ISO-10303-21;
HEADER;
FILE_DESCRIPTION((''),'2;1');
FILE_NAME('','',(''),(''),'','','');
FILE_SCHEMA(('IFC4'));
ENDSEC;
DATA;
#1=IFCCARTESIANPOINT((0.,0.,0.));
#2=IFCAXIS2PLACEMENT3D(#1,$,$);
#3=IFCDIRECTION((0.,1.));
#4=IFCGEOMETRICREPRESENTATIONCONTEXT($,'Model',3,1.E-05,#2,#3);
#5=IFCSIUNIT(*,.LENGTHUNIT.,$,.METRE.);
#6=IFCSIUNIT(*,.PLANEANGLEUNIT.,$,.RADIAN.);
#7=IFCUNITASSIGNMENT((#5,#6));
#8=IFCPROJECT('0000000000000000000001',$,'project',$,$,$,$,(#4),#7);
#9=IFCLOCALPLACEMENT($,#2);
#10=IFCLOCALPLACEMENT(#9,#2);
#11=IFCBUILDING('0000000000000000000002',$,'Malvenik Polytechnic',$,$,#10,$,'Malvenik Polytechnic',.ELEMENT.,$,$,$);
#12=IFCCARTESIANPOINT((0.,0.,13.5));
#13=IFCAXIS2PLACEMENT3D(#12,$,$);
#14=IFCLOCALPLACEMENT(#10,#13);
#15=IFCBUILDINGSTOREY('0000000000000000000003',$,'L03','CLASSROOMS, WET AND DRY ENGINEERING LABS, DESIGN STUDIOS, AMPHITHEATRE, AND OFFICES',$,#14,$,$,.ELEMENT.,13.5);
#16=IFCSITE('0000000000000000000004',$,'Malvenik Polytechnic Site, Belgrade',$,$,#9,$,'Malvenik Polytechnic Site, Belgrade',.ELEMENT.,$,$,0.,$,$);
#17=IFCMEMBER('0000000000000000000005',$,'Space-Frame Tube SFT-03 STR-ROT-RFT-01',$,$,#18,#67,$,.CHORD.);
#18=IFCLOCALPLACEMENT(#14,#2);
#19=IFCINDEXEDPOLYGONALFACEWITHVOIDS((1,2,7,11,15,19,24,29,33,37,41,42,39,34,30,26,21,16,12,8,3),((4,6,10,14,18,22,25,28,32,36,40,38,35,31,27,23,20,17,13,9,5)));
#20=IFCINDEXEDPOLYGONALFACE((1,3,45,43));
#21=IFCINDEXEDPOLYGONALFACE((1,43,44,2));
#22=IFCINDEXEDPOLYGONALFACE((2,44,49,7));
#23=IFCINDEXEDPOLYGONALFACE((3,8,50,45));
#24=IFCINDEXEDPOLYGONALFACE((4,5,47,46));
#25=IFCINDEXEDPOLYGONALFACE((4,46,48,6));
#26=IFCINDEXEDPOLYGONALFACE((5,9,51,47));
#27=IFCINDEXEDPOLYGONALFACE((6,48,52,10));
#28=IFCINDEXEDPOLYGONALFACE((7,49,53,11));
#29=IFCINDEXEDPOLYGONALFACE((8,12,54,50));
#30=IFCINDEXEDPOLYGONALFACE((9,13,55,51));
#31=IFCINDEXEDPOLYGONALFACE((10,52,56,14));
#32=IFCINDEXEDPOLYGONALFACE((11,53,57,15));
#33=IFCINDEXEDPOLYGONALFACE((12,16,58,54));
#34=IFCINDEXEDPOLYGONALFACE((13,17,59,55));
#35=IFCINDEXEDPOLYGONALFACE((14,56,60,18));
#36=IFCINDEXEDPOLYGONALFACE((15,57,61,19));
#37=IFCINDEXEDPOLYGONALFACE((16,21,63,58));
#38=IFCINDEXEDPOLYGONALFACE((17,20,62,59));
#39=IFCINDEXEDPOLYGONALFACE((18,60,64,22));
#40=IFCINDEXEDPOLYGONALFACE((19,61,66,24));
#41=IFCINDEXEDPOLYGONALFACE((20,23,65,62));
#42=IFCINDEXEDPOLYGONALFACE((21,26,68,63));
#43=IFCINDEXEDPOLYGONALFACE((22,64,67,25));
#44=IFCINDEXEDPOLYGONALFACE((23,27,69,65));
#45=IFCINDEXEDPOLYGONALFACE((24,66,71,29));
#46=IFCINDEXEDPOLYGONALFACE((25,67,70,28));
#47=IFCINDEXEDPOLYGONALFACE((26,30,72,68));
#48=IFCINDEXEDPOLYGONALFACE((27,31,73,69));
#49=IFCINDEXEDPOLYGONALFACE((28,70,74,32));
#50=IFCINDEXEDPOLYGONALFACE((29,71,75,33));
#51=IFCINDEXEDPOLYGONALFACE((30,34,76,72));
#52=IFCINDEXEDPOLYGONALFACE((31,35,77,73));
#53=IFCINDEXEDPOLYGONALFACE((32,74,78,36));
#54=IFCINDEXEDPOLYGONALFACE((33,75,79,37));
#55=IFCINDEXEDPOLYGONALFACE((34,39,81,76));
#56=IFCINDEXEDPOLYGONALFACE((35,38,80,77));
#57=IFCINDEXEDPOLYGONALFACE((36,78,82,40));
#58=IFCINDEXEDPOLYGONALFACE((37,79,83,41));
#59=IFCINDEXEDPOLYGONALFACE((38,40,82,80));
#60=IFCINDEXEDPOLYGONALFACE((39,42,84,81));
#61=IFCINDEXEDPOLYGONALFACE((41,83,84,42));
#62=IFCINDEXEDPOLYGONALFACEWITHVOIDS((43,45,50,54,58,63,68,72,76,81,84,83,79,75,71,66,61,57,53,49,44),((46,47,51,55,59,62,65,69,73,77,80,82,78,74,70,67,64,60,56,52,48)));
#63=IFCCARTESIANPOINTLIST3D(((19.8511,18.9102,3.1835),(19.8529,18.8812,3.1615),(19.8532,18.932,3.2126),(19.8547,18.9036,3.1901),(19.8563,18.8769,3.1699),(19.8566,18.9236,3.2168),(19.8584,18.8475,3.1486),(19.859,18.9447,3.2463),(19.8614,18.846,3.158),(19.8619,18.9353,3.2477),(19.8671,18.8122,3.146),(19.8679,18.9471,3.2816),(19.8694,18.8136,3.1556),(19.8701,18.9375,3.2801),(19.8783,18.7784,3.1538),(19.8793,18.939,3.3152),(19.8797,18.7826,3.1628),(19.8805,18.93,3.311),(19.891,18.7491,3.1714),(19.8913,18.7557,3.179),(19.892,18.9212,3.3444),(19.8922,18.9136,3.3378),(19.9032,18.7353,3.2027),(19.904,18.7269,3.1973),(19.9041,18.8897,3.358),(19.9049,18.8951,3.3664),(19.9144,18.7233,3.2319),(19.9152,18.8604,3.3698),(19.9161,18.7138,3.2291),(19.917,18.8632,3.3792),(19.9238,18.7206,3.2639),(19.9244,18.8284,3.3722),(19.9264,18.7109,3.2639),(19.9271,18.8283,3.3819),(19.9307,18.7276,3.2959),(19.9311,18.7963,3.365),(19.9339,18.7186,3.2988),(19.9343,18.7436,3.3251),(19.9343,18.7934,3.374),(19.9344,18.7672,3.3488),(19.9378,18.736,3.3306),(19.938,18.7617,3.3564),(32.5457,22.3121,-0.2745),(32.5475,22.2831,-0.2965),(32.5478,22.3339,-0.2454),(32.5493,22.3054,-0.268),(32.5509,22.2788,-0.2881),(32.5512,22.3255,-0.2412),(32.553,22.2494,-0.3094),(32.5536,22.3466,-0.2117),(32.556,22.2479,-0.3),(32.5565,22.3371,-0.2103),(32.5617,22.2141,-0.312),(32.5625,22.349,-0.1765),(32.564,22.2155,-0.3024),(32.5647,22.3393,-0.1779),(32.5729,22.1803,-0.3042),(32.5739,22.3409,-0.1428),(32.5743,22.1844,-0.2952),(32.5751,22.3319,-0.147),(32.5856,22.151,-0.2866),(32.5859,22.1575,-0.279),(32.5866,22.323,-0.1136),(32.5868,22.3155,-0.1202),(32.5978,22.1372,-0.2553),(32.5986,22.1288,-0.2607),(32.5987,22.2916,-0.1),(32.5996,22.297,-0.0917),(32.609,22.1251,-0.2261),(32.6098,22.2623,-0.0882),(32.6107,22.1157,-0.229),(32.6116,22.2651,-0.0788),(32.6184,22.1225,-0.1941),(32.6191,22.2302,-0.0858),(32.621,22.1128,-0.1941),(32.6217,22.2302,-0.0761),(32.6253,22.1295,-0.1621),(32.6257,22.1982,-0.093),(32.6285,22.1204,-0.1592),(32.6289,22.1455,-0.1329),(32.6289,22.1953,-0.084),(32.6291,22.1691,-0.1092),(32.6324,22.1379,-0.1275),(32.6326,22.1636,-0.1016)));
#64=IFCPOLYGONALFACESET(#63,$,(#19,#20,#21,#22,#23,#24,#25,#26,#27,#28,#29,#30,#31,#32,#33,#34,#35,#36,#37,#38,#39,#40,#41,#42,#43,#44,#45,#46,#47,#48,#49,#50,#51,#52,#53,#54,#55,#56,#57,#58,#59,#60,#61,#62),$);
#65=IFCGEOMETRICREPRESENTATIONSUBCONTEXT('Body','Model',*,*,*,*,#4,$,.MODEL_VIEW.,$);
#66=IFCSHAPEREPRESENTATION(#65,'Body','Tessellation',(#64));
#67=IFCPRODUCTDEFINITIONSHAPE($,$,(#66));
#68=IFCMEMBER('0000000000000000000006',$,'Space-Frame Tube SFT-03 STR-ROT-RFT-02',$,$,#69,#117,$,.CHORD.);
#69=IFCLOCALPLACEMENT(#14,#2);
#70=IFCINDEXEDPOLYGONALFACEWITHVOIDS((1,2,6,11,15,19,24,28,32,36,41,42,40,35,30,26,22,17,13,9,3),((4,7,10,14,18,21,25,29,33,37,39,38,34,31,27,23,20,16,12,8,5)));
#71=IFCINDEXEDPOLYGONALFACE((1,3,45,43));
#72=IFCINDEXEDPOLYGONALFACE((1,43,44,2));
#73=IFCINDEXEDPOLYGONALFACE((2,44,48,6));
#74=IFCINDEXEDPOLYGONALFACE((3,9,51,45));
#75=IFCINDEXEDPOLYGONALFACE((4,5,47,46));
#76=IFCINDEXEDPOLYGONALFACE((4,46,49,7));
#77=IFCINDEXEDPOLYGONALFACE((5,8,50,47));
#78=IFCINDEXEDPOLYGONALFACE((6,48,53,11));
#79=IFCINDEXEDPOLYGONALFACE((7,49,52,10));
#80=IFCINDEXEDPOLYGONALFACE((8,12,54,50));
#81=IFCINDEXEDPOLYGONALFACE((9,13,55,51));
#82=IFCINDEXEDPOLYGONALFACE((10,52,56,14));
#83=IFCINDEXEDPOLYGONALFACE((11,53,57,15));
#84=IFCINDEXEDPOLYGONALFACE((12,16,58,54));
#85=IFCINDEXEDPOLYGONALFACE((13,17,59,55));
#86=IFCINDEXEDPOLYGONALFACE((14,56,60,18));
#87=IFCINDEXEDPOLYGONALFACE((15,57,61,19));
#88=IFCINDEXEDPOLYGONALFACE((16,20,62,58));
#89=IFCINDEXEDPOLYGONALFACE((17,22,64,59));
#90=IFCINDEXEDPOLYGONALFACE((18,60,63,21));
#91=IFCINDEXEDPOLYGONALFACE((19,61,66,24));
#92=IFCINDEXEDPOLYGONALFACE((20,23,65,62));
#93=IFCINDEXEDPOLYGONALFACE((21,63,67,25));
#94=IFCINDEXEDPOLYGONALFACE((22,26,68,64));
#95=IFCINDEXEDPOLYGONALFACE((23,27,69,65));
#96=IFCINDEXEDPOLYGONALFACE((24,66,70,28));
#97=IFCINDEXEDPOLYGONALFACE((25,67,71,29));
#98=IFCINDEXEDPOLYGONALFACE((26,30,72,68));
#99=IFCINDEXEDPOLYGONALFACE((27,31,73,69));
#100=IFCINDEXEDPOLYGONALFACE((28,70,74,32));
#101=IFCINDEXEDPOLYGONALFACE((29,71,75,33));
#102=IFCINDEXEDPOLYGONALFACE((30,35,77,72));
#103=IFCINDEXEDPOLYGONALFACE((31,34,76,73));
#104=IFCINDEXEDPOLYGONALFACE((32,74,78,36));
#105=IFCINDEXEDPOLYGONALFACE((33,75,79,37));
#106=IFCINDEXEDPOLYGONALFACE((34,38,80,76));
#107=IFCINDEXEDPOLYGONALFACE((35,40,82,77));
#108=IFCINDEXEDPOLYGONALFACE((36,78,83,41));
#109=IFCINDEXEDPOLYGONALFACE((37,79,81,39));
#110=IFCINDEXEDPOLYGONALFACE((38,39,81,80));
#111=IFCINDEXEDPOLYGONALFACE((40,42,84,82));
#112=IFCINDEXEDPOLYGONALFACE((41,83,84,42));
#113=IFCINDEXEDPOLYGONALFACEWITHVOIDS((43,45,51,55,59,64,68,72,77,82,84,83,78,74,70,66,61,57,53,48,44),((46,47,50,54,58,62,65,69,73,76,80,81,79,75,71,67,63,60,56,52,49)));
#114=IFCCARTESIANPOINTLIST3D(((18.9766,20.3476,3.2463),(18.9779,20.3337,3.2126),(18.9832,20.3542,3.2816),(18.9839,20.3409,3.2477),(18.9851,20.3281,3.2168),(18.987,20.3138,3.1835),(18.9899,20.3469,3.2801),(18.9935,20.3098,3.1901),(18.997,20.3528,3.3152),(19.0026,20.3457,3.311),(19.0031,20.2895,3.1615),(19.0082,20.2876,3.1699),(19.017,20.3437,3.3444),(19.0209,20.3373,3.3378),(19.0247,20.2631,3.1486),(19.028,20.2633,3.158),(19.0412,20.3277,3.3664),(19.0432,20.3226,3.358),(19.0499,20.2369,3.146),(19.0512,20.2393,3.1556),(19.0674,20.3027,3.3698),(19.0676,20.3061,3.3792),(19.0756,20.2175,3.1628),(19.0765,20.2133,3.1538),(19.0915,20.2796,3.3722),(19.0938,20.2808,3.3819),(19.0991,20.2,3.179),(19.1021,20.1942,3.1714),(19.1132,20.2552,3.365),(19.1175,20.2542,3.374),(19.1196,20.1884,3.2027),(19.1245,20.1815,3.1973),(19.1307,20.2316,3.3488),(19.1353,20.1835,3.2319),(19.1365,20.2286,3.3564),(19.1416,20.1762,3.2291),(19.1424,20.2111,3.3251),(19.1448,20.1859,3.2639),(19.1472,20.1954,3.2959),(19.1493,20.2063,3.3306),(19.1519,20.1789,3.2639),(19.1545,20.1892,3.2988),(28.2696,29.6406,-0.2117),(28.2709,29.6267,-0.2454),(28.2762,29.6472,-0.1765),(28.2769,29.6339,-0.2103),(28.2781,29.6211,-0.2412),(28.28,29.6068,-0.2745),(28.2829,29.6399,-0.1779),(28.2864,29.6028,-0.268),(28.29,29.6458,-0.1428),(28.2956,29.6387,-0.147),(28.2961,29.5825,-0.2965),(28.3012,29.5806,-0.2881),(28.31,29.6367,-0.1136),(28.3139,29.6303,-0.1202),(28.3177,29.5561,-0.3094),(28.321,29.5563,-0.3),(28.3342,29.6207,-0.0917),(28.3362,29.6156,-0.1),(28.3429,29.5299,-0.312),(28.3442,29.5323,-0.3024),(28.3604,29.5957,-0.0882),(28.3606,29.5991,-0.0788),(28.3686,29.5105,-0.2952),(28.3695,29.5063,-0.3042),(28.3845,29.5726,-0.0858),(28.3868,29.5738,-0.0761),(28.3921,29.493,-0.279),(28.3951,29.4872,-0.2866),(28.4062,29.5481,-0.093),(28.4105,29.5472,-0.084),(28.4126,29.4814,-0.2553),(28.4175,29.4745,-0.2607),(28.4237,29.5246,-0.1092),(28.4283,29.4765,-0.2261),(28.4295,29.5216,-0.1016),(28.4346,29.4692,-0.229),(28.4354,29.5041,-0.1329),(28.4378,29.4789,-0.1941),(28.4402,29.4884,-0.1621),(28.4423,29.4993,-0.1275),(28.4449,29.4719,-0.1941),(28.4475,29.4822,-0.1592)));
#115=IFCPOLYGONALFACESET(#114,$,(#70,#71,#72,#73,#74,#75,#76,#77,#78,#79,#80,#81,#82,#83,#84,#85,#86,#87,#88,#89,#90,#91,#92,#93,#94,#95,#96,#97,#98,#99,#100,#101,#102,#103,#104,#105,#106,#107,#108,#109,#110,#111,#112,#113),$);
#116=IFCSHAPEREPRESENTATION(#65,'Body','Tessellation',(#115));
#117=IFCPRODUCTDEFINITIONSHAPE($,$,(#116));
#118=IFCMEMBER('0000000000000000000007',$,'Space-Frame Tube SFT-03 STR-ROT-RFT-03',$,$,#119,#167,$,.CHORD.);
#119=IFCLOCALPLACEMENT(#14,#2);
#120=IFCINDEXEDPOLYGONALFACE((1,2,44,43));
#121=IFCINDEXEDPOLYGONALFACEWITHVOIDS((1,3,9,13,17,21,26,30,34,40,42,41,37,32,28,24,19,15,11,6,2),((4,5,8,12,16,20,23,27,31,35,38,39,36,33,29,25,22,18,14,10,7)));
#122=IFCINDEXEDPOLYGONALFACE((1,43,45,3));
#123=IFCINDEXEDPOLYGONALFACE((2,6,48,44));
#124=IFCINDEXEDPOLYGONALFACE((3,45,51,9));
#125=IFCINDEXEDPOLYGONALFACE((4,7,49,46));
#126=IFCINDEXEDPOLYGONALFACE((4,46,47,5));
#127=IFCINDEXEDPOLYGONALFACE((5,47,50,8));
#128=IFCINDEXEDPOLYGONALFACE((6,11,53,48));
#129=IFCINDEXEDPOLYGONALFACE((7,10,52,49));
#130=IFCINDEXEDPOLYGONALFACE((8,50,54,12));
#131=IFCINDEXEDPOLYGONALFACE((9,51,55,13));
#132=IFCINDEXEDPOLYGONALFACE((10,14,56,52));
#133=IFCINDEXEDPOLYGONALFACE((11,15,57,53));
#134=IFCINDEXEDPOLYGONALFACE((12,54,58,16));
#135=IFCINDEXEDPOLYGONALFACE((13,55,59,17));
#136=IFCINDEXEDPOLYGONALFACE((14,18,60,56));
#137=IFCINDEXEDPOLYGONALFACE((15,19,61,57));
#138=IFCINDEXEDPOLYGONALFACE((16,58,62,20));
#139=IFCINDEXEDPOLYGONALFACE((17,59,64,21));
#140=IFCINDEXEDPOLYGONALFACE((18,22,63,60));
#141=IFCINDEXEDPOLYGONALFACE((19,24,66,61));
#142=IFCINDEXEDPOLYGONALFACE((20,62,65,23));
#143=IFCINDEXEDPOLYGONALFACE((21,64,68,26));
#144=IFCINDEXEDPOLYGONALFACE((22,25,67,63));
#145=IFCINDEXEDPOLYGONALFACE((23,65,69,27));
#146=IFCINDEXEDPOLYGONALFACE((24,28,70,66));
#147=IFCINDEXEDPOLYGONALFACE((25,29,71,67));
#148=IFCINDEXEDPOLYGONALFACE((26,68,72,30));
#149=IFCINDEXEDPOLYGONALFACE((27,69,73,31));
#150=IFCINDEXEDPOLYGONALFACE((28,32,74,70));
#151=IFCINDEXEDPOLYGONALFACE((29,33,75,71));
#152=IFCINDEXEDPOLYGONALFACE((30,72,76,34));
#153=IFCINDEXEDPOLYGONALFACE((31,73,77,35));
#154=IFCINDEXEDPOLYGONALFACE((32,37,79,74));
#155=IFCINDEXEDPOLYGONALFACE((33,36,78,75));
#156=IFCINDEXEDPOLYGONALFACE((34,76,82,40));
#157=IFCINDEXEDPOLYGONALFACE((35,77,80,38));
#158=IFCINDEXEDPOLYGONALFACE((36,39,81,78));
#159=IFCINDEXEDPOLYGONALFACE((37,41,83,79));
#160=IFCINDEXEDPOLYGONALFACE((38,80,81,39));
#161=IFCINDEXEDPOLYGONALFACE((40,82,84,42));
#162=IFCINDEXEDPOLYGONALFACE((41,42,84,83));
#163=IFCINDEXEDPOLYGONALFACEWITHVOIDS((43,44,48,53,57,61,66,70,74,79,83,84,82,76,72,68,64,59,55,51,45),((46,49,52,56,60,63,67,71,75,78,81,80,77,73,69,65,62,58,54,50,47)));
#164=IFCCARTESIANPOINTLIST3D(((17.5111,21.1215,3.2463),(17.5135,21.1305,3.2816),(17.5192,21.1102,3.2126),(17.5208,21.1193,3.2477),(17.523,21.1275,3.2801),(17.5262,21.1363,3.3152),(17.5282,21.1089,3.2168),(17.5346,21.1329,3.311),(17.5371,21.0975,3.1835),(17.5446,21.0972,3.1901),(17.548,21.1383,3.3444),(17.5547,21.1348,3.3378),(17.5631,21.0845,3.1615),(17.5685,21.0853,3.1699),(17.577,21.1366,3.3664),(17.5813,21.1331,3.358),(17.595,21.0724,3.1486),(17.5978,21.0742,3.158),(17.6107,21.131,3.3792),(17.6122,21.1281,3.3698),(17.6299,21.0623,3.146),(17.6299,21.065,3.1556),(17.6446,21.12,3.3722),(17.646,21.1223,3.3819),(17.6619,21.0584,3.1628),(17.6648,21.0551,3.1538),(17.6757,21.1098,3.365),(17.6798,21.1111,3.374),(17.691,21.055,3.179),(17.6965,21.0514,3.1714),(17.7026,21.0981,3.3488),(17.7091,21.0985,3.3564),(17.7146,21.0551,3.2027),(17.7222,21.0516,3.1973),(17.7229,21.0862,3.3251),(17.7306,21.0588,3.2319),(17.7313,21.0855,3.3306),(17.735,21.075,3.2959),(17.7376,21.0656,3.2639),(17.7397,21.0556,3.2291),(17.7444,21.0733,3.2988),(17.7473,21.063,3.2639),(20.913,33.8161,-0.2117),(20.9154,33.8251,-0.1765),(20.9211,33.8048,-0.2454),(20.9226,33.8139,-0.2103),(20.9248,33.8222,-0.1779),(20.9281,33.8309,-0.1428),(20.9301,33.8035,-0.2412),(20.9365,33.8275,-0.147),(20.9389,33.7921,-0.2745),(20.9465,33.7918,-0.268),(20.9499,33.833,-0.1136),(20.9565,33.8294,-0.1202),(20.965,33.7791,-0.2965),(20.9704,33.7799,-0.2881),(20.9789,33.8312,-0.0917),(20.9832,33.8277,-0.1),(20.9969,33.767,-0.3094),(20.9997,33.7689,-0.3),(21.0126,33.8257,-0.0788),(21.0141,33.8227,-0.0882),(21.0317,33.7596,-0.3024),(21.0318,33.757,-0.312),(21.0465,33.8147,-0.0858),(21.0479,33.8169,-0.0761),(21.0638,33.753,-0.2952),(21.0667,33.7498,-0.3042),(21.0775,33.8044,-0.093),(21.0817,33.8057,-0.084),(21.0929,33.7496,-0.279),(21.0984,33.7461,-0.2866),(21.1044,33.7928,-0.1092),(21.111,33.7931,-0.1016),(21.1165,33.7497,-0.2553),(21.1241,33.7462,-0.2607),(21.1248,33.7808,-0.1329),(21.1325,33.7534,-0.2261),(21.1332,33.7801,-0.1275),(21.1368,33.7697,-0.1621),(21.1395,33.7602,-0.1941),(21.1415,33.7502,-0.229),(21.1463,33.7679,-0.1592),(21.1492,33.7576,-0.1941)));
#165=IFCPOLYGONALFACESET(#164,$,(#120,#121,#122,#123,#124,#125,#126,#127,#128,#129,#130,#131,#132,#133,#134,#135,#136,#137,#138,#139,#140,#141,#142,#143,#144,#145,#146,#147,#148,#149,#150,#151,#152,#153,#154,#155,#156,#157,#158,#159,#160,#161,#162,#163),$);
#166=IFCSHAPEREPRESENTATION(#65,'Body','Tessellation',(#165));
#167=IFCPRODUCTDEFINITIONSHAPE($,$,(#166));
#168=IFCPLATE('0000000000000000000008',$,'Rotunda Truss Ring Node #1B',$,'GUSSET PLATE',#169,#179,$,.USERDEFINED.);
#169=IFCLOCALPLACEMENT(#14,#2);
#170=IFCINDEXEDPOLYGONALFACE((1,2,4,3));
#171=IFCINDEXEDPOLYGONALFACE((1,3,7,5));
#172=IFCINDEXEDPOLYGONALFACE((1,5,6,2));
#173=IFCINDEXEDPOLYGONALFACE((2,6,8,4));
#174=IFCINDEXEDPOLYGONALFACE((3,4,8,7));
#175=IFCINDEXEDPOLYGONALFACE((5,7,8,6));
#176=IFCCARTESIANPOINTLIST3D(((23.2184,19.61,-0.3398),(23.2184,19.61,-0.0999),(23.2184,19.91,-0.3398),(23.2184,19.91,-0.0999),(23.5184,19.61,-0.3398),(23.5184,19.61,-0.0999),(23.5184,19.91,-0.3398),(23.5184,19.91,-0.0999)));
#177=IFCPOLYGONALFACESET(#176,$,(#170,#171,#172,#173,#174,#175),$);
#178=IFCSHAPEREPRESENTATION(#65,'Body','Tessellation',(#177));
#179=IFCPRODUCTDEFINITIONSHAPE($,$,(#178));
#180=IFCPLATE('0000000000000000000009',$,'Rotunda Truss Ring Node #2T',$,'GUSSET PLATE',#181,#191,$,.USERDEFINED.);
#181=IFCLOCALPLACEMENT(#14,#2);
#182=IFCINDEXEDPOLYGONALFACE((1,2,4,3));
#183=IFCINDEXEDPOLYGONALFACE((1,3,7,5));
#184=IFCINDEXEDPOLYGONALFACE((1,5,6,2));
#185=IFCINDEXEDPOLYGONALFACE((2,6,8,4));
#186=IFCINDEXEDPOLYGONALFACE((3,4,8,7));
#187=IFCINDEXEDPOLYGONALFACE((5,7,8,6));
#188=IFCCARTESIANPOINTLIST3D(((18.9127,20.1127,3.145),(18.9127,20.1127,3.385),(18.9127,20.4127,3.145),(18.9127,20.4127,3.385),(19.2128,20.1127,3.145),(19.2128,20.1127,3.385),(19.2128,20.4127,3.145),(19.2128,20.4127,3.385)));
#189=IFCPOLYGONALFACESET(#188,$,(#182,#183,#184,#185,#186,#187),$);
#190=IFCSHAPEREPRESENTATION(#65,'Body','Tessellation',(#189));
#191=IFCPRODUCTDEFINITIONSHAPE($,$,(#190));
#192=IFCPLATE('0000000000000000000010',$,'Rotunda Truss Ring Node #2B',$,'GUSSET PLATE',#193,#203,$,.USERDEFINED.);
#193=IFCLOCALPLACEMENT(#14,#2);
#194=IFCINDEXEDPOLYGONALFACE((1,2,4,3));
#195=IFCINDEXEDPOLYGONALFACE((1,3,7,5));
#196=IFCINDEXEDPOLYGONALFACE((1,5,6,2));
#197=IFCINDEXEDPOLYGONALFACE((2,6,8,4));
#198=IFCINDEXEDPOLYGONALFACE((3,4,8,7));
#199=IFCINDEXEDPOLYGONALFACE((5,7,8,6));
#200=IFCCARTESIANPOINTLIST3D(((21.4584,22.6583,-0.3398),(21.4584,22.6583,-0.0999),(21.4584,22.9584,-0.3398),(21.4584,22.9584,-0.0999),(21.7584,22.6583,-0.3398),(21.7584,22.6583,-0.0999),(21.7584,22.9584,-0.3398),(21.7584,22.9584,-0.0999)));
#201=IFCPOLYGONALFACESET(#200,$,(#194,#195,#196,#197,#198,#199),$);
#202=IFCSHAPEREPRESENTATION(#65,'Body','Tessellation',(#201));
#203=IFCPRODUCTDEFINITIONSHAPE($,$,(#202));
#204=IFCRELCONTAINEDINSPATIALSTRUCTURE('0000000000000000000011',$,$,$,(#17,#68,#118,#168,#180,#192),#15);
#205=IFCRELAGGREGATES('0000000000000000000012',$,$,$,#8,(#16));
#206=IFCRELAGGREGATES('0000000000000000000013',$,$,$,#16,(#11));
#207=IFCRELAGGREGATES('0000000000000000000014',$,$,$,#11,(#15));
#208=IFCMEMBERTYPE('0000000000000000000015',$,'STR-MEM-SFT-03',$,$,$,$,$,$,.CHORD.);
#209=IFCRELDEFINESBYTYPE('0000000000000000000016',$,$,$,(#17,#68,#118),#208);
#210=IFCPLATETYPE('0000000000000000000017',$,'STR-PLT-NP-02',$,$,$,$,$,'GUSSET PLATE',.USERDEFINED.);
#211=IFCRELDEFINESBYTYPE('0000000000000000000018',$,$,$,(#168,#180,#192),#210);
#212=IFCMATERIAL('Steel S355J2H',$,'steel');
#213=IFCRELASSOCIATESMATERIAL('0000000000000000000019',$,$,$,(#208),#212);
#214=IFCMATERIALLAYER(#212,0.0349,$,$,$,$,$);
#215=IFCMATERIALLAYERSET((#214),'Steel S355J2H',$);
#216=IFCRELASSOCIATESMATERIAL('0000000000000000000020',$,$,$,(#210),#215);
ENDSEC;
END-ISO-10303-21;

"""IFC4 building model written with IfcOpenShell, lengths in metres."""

from ifc_helpers import new_model, si_unit, direction, frame, origin, origin_2d, place, context, subcontext, project, spatial, rectangle, hollow_circle, extrude, material, layer, layer_set, material_profile, profile_set, type_object, element, save


model = new_model("IFC4")

# Units and contexts
model_context = context("Model", 3, precision=1e-05, world=origin(), true_north=direction((0.0, 1.0)))
body_context = subcontext(model_context, "Body", "Model", "MODEL_VIEW")
ifc_project = project(units=[si_unit("LENGTHUNIT", "METRE"), si_unit("PLANEANGLEUNIT", "RADIAN")], contexts=[model_context])

# Site, building, storey
site_placement = place(None, origin())
site = spatial("IfcSite", under=ifc_project, at=site_placement, Name="Malvenik Polytechnic Site, Belgrade", LongName="Malvenik Polytechnic Site, Belgrade", CompositionType="ELEMENT", RefElevation=0.0)
building_placement = place(site_placement, origin())
building = spatial("IfcBuilding", under=site, at=building_placement, Name="Malvenik Polytechnic", LongName="Malvenik Polytechnic", CompositionType="ELEMENT")
storey_placement = place(building_placement, frame((0.0, 0.0, 13.5)))
storey = spatial("IfcBuildingStorey", under=building, at=storey_placement, Name="L03", Description="CLASSROOMS, WET AND DRY ENGINEERING LABS, DESIGN STUDIOS, AMPHITHEATRE, AND OFFICES", CompositionType="ELEMENT", Elevation=13.5)

# Members
ifc_material_1 = material(Name="Steel S355J2H", Category="steel")
ifc_material_profile_1 = material_profile(ifc_material_1, hollow_circle(Radius=0.1223, WallThickness=0.01, at=origin_2d()), Name="CHS 244.5x10.0")
ifc_profile_set_1 = profile_set([ifc_material_profile_1], Name="Steel S355J2H")
member_type_1 = type_object("IfcMemberType", Name="STR-MEM-SFT-03", PredefinedType="CHORD", material=ifc_profile_set_1)
member_1_placement = place(storey_placement, frame((32.5894, 22.231, -0.1941), z_axis=(-0.934125, -0.250324, 0.254456), x_axis=(0.258844, -0.965919, 0.0)))
element("IfcMember", 1, at=member_1_placement, inside=storey, type_object=member_type_1, Name="Space-Frame Tube SFT-03 STR-ROT-RFT-01", PredefinedType="CHORD", context=body_context, shape_type="SweptSolid", body=[
    extrude(hollow_circle(Radius=0.1223, WallThickness=0.01, at=origin_2d()), origin(), (0.0, 0.0, 1.0), 13.5898),
])
member_2_placement = place(storey_placement, frame((28.3584, 29.5583, -0.1941), z_axis=(-0.683831, -0.683831, 0.25446), x_axis=(0.707107, -0.707107, 0.0)))
element("IfcMember", 2, at=member_2_placement, inside=storey, type_object=member_type_1, Name="Space-Frame Tube SFT-03 STR-ROT-RFT-02", PredefinedType="CHORD", context=body_context, shape_type="SweptSolid", body=[
    extrude(hollow_circle(Radius=0.1223, WallThickness=0.01, at=origin_2d()), origin(), (0.0, 0.0, 1.0), 13.5896),
])
member_3_placement = place(storey_placement, frame((21.031, 33.7893, -0.1941), z_axis=(-0.250324, -0.934125, 0.254456), x_axis=(0.965919, -0.258844, 0.0)))
element("IfcMember", 3, at=member_3_placement, inside=storey, type_object=member_type_1, Name="Space-Frame Tube SFT-03 STR-ROT-RFT-03", PredefinedType="CHORD", context=body_context, shape_type="SweptSolid", body=[
    extrude(hollow_circle(Radius=0.1223, WallThickness=0.01, at=origin_2d()), origin(), (0.0, 0.0, 1.0), 13.5898),
])

# Plates
ifc_layer_1 = layer(ifc_material_1, 0.0349)
ifc_layer_set_1 = layer_set([ifc_layer_1], Name="Steel S355J2H")
plate_type = type_object("IfcPlateType", Name="STR-PLT-NP-02", ElementType="GUSSET PLATE", PredefinedType="USERDEFINED", material=ifc_layer_set_1)
for number, where, z_axis, x_axis, name in (
    (4, (23.3684, 19.76, -0.3398), (0.0, 0.0, 1.0), (1.0, 0.0, 0.0), "Rotunda Truss Ring Node #1B"),
    (5, (19.0627, 20.2627, 3.145), (0.0, 0.0, 1.0), (1.0, 0.0, 0.0), "Rotunda Truss Ring Node #2T"),
    (6, (21.6084, 22.8083, -0.3398), (0.0, 0.0, 1.0), (1.0, 0.0, 0.0), "Rotunda Truss Ring Node #2B"),
):
    element("IfcPlate", number, at=place(storey_placement, frame(where, z_axis=z_axis, x_axis=x_axis)), inside=storey, type_object=plate_type, Name=name, ObjectType="GUSSET PLATE", PredefinedType="USERDEFINED", context=body_context, shape_type="SweptSolid", body=[
        extrude(rectangle(XDim=0.3, YDim=0.3, at=origin_2d()), origin(), (0.0, 0.0, 1.0), 0.24),
    ])

save(model, "model.ifc")
